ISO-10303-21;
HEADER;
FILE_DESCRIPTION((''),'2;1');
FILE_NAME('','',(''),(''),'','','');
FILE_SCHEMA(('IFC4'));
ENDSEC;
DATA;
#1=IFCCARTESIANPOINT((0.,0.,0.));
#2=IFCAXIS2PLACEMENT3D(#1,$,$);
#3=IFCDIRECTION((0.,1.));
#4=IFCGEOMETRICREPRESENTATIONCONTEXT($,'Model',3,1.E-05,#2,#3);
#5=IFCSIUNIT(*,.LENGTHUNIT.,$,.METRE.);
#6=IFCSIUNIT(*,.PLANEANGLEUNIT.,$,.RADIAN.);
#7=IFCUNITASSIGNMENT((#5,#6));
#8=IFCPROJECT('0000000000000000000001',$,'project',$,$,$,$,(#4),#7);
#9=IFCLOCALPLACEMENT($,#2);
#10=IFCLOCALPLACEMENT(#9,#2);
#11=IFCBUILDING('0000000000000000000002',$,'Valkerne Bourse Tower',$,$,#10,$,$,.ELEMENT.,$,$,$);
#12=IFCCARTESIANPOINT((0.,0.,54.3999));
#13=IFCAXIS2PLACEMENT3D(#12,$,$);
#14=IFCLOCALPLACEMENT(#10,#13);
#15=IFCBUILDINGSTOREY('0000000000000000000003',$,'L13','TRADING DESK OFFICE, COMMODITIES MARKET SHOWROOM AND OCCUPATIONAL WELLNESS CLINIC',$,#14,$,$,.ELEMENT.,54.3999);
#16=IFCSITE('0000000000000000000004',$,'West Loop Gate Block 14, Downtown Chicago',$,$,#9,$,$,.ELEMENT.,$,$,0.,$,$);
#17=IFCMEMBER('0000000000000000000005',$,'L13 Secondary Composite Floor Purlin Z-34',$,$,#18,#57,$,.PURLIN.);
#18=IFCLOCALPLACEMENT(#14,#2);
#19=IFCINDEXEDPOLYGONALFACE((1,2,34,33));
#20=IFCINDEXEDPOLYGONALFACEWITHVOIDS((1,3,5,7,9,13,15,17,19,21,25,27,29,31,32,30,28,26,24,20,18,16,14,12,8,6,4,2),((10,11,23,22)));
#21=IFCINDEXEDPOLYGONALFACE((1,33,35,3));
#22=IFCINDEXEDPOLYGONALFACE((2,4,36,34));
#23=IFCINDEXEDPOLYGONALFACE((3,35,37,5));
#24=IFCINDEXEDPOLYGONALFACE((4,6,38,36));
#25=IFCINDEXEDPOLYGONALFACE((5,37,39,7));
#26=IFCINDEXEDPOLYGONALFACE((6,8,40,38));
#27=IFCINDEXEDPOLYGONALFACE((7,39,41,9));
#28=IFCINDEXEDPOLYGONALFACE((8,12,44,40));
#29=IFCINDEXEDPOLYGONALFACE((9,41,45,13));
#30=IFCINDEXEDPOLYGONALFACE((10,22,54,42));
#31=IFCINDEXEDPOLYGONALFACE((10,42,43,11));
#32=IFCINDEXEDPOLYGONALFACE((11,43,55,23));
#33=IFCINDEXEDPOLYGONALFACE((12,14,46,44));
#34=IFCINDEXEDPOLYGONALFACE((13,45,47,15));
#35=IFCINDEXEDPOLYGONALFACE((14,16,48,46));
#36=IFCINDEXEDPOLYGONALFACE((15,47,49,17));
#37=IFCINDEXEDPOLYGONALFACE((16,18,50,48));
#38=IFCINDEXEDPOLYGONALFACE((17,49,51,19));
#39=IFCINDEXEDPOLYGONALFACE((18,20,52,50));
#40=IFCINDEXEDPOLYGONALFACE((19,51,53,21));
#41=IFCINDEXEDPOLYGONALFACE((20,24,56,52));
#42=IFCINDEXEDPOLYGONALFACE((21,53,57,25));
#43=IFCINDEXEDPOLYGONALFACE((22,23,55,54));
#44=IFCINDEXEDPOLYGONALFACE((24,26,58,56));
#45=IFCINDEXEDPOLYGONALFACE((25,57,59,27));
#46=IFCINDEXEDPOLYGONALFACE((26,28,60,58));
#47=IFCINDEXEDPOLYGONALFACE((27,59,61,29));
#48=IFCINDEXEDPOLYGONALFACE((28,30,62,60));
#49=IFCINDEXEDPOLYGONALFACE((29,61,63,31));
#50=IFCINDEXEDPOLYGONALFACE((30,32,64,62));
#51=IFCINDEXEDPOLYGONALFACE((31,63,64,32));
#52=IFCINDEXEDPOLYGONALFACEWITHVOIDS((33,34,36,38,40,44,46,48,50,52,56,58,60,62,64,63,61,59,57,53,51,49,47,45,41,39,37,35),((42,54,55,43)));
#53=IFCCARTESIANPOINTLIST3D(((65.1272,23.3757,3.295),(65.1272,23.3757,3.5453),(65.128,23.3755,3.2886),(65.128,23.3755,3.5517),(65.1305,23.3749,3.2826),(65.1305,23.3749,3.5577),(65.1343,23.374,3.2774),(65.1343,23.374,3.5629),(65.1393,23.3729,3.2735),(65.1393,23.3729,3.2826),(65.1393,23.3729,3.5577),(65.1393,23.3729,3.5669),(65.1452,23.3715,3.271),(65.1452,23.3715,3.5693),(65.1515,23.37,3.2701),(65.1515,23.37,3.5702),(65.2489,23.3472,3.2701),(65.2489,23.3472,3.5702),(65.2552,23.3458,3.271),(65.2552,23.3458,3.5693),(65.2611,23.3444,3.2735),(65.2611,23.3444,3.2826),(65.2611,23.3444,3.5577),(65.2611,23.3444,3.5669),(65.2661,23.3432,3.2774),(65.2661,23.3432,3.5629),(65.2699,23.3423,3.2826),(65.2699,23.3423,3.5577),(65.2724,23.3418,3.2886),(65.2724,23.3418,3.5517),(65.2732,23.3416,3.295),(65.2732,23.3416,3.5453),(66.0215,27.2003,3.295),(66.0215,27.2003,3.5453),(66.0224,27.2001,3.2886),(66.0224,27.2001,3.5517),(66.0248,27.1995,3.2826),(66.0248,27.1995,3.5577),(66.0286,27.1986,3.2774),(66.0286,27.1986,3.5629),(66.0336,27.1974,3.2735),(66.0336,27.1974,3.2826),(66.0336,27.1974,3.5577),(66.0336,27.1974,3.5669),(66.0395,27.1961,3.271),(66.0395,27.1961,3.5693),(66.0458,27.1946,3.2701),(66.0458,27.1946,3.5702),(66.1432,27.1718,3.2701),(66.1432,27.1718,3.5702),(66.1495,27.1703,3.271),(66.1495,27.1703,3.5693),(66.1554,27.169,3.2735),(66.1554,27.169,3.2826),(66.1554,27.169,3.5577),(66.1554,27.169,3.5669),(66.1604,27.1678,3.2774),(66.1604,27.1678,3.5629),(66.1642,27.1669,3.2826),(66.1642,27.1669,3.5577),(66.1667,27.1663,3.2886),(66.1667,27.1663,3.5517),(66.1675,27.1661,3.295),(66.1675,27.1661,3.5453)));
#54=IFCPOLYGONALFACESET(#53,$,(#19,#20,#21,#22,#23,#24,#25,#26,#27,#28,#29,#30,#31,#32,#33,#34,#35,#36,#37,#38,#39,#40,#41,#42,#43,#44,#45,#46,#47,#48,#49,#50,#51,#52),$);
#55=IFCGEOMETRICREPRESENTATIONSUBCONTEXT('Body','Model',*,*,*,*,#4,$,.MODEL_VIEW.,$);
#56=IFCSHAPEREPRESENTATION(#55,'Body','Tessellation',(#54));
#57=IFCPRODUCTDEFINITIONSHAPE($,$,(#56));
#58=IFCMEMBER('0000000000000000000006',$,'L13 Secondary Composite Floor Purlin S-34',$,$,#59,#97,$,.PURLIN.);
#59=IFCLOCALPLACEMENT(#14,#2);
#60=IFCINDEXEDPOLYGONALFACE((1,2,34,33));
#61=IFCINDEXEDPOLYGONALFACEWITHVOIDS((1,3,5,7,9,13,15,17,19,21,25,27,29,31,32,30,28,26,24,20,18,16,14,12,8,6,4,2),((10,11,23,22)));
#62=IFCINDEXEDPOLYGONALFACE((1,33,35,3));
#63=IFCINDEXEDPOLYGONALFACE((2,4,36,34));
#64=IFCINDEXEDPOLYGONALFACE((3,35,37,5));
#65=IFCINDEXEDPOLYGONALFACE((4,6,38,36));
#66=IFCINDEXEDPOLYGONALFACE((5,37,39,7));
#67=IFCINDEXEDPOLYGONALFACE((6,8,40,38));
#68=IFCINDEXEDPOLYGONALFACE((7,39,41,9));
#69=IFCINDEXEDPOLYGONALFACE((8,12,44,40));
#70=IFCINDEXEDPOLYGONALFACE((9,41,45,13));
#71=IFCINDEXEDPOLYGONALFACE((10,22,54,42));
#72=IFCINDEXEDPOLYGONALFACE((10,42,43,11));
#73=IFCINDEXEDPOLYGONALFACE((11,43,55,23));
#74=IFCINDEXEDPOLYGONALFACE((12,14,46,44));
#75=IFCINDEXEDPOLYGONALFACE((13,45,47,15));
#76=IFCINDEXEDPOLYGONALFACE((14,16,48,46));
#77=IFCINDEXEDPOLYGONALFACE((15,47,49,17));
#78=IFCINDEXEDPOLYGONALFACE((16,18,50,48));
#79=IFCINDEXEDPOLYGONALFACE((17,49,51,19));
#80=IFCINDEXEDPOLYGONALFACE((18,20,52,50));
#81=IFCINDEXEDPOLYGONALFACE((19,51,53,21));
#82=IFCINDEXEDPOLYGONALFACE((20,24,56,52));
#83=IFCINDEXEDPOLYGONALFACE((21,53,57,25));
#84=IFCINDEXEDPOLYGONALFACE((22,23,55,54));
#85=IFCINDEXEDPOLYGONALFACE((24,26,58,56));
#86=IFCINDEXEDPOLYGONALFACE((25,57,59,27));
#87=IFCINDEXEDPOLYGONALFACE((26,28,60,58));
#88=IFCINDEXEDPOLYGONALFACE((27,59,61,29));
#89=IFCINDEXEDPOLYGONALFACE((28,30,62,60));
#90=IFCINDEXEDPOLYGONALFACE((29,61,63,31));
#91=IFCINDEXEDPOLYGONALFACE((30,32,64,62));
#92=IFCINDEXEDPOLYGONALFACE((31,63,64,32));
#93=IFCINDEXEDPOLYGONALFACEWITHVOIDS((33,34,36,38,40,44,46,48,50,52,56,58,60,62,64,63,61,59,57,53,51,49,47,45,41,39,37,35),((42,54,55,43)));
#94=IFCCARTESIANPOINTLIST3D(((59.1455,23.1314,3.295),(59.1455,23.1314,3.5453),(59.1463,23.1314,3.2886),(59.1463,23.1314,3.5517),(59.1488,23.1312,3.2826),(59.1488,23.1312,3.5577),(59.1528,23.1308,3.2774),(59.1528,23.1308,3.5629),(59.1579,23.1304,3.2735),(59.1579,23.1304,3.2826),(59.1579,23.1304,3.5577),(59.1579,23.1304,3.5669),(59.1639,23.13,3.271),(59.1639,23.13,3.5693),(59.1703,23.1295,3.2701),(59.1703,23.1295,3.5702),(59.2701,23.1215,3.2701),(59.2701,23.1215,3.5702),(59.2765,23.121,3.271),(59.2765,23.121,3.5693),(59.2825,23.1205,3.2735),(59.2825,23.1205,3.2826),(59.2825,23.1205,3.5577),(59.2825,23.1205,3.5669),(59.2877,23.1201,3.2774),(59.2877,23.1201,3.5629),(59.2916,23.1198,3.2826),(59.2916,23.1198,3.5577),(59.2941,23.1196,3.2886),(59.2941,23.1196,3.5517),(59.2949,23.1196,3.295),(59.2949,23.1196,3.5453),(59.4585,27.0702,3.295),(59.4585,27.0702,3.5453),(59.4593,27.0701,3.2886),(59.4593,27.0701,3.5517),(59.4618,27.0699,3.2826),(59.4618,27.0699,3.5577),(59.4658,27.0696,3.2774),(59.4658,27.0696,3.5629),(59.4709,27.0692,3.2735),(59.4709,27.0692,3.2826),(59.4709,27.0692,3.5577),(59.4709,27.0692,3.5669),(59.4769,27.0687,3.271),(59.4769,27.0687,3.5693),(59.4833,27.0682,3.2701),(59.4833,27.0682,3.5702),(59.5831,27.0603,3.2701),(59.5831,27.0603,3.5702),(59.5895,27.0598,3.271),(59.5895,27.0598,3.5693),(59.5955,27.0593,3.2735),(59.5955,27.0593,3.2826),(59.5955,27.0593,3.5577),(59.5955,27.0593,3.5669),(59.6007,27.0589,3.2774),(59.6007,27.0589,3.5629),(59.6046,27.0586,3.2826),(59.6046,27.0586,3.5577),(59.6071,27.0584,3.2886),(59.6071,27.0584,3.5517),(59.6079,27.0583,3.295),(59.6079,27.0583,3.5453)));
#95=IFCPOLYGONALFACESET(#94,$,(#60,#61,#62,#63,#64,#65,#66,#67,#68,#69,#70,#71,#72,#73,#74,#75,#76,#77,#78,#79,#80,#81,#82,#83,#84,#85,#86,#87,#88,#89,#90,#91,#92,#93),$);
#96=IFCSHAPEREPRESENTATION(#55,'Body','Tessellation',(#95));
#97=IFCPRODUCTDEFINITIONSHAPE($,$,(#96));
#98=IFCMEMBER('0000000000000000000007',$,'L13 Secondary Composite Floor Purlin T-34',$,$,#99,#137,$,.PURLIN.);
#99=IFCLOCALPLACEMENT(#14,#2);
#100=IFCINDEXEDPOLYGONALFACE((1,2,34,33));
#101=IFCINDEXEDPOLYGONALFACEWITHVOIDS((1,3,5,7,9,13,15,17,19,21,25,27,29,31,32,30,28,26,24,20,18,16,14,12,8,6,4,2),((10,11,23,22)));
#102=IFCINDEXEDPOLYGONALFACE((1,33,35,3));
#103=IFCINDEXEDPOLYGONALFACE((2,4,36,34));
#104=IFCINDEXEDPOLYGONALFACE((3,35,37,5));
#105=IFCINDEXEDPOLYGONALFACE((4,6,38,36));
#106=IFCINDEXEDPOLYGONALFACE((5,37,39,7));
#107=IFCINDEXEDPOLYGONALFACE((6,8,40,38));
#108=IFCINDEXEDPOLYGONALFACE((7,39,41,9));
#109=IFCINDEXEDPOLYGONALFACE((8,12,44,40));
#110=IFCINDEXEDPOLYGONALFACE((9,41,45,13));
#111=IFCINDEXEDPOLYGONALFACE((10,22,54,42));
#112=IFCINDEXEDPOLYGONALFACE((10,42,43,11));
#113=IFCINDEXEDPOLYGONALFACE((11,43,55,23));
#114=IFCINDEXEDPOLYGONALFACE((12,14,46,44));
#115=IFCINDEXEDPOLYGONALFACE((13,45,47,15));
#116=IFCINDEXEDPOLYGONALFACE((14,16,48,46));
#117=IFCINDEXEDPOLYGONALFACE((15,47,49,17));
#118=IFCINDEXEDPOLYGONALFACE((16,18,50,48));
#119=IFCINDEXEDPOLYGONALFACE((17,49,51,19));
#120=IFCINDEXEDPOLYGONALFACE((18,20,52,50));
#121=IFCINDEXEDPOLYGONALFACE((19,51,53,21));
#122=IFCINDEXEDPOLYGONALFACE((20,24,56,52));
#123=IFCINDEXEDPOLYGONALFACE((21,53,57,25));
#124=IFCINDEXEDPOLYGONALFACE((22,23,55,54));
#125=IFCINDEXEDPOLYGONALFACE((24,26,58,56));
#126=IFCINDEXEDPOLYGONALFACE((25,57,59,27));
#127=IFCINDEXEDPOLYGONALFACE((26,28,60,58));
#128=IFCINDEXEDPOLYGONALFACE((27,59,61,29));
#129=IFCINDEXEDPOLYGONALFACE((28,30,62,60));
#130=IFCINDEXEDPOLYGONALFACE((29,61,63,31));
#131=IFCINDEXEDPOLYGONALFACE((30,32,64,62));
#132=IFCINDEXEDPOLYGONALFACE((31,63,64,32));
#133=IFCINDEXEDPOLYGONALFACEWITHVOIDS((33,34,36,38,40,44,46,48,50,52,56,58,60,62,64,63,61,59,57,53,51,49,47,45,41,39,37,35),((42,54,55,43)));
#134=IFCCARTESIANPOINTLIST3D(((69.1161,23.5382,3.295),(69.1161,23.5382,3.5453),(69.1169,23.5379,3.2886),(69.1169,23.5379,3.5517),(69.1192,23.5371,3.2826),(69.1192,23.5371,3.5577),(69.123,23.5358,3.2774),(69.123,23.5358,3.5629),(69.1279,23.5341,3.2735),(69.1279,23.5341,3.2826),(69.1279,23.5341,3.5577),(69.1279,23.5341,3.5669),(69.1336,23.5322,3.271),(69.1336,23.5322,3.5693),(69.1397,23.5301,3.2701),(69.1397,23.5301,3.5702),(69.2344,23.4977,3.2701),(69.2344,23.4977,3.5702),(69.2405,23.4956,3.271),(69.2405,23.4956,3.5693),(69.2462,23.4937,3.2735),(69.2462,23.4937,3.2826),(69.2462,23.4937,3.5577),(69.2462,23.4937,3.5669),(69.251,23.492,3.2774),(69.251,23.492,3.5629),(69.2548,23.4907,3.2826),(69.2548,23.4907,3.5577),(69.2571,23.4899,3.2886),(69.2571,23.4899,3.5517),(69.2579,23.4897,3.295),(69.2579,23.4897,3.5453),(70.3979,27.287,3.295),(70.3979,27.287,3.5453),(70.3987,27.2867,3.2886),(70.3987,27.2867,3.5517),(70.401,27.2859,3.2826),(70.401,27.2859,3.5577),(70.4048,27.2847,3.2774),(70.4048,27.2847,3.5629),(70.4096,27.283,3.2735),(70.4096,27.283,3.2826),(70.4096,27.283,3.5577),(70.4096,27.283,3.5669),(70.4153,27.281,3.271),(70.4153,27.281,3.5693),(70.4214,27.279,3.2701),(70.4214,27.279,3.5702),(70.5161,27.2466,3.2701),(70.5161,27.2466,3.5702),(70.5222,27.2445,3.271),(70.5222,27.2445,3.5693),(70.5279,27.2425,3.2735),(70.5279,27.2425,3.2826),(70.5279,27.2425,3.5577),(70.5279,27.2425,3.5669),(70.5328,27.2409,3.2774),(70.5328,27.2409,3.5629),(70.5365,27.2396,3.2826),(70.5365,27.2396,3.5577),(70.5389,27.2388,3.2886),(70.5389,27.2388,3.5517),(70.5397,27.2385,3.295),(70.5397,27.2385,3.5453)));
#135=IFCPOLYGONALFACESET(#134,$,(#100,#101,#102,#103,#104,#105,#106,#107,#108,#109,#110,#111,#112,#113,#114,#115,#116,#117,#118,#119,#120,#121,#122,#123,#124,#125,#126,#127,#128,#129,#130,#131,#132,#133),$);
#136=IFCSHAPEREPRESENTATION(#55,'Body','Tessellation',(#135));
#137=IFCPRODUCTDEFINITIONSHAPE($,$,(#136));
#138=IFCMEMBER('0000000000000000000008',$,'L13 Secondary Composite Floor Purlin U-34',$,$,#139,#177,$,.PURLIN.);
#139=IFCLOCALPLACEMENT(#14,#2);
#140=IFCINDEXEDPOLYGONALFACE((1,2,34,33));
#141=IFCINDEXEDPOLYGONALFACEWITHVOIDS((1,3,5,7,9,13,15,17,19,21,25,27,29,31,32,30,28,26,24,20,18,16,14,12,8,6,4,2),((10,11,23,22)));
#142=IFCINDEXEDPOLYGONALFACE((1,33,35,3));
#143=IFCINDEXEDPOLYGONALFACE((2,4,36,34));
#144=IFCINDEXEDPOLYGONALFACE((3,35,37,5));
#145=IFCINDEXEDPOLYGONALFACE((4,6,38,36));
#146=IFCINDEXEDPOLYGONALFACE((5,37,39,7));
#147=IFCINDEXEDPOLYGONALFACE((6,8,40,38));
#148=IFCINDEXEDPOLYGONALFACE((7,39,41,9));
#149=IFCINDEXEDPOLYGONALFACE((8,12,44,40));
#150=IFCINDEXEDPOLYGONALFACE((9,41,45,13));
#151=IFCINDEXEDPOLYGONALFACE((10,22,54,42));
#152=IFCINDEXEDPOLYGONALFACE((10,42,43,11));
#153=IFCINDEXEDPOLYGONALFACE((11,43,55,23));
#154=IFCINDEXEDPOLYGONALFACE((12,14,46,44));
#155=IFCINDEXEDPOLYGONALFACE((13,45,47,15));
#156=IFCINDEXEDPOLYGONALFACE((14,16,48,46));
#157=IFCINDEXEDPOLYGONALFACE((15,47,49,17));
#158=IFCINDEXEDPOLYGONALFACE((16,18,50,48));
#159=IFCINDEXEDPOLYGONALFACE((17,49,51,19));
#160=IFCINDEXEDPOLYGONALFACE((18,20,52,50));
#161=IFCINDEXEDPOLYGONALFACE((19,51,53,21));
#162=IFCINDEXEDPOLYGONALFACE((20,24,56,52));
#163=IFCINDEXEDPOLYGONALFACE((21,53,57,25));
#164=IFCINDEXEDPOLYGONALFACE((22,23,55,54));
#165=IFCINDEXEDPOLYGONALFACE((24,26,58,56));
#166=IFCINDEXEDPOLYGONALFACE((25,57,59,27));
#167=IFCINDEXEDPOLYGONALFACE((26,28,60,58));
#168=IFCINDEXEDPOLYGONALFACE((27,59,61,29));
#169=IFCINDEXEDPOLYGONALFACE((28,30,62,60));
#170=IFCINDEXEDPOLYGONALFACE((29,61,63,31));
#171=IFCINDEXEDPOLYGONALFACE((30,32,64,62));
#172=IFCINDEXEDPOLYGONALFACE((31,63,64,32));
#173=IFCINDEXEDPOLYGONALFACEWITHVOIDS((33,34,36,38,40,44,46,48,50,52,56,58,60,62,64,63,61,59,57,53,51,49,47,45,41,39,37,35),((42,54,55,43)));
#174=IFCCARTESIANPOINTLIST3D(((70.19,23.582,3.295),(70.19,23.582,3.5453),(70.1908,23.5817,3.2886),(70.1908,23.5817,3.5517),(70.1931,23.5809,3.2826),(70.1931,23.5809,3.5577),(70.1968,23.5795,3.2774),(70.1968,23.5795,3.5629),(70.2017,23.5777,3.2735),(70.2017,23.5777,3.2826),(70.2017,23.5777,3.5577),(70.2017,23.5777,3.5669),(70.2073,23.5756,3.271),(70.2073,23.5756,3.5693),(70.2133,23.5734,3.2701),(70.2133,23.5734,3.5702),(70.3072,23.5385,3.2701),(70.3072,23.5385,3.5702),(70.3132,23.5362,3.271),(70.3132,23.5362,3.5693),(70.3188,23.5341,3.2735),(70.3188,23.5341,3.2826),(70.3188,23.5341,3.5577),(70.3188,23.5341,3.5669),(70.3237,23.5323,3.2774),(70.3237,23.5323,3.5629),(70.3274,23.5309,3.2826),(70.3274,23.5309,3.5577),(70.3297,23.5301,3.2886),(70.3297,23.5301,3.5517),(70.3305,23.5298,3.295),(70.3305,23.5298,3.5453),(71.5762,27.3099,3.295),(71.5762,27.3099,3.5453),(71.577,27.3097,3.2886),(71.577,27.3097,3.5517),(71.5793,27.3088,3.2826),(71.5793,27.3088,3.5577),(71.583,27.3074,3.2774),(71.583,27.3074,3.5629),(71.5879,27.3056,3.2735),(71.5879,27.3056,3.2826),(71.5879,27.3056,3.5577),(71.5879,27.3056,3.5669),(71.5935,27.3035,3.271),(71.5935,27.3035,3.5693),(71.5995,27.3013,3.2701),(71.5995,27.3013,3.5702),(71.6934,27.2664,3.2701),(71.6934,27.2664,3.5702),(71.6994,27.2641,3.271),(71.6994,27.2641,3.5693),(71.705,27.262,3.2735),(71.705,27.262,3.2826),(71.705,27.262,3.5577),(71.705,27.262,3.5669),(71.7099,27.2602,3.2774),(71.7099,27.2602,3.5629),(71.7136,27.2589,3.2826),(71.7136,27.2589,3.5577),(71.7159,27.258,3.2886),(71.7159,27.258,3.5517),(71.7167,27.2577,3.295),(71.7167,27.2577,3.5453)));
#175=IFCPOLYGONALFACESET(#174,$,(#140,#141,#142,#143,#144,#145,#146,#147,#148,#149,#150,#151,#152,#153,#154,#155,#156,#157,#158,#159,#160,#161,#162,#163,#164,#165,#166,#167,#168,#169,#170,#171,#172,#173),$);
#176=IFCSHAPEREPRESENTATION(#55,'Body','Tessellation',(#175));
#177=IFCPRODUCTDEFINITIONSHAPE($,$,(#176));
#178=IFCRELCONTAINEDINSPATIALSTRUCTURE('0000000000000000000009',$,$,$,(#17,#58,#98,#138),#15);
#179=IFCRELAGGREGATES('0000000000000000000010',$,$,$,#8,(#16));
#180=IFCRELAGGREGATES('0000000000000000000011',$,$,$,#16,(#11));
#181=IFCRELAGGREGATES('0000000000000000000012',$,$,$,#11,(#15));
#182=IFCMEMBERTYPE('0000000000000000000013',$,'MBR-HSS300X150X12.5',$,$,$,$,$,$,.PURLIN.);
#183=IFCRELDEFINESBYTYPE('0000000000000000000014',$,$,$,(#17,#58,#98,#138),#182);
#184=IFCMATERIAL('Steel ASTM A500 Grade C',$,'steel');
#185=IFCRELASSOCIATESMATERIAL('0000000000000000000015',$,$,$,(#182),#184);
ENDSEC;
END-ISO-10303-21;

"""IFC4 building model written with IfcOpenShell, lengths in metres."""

from ifc_helpers import new_model, si_unit, direction, frame, origin, origin_2d, place, context, subcontext, project, spatial, hollow_rectangle, extrude, material, material_profile, profile_set, type_object, element, save


model = new_model("IFC4")

# Units and contexts
model_context = context("Model", 3, precision=1e-05, world=origin(), true_north=direction((0.0, 1.0)))
body_context = subcontext(model_context, "Body", "Model", "MODEL_VIEW")
ifc_project = project(units=[si_unit("LENGTHUNIT", "METRE"), si_unit("PLANEANGLEUNIT", "RADIAN")], contexts=[model_context])

# Site, building, storey
site_placement = place(None, origin())
site = spatial("IfcSite", under=ifc_project, at=site_placement, Name="West Loop Gate Block 14, Downtown Chicago", CompositionType="ELEMENT", RefElevation=0.0)
building_placement = place(site_placement, origin())
building = spatial("IfcBuilding", under=site, at=building_placement, Name="Valkerne Bourse Tower", CompositionType="ELEMENT")
storey_placement = place(building_placement, frame((0.0, 0.0, 54.3999)))
storey = spatial("IfcBuildingStorey", under=building, at=storey_placement, Name="L13", Description="TRADING DESK OFFICE, COMMODITIES MARKET SHOWROOM AND OCCUPATIONAL WELLNESS CLINIC", CompositionType="ELEMENT", Elevation=54.3999)

# Members
ifc_material_1 = material(Name="Steel ASTM A500 Grade C", Category="steel")
ifc_material_profile_1 = material_profile(ifc_material_1, hollow_rectangle(XDim=0.1499, YDim=0.3, WallThickness=0.0125, OuterFilletRadius=0.0249, at=origin_2d()), Name="HSS300X150X12.5")
ifc_profile_set_1 = profile_set([ifc_material_profile_1], Name="Steel ASTM A500 Grade C")
member_type_1 = type_object("IfcMemberType", Name="MBR-HSS300X150X12.5", PredefinedType="PURLIN", material=ifc_profile_set_1)
member_1_placement = place(storey_placement, frame((65.2002, 23.3586, 3.4202), z_axis=(0.227691, 0.973733, 0.0), x_axis=(-0.973733, 0.227691, 0.0)))
element("IfcMember", 1, at=member_1_placement, inside=storey, type_object=member_type_1, Name="L13 Secondary Composite Floor Purlin Z-34", PredefinedType="PURLIN", context=body_context, shape_type="SweptSolid", body=[
    extrude(hollow_rectangle(XDim=0.1499, YDim=0.3, WallThickness=0.0125, OuterFilletRadius=0.0249, at=origin_2d()), origin(), (0.0, 0.0, 1.0), 3.9277),
])
member_2_placement = place(storey_placement, frame((59.2202, 23.1255, 3.4202), z_axis=(0.079215, 0.996858, 0.0), x_axis=(-0.996858, 0.079215, 0.0)))
element("IfcMember", 2, at=member_2_placement, inside=storey, type_object=member_type_1, Name="L13 Secondary Composite Floor Purlin S-34", PredefinedType="PURLIN", context=body_context, shape_type="SweptSolid", body=[
    extrude(hollow_rectangle(XDim=0.1499, YDim=0.3, WallThickness=0.0125, OuterFilletRadius=0.0249, at=origin_2d()), origin(), (0.0, 0.0, 1.0), 3.9512),
])
member_3_placement = place(storey_placement, frame((69.187, 23.5139, 3.4202), z_axis=(0.323521, 0.946221, 0.0), x_axis=(-0.946221, 0.323521, 0.0)))
element("IfcMember", 3, at=member_3_placement, inside=storey, type_object=member_type_1, Name="L13 Secondary Composite Floor Purlin T-34", PredefinedType="PURLIN", context=body_context, shape_type="SweptSolid", body=[
    extrude(hollow_rectangle(XDim=0.1499, YDim=0.3, WallThickness=0.0125, OuterFilletRadius=0.0249, at=origin_2d()), origin(), (0.0, 0.0, 1.0), 3.9619),
])
member_4_placement = place(storey_placement, frame((70.2603, 23.5559, 3.4202), z_axis=(0.348526, 0.937299, 0.0), x_axis=(-0.937299, 0.348526, 0.0)))
element("IfcMember", 4, at=member_4_placement, inside=storey, type_object=member_type_1, Name="L13 Secondary Composite Floor Purlin U-34", PredefinedType="PURLIN", context=body_context, shape_type="SweptSolid", body=[
    extrude(hollow_rectangle(XDim=0.1499, YDim=0.3, WallThickness=0.0125, OuterFilletRadius=0.0249, at=origin_2d()), origin(), (0.0, 0.0, 1.0), 3.9773),
])

save(model, "model.ifc")
